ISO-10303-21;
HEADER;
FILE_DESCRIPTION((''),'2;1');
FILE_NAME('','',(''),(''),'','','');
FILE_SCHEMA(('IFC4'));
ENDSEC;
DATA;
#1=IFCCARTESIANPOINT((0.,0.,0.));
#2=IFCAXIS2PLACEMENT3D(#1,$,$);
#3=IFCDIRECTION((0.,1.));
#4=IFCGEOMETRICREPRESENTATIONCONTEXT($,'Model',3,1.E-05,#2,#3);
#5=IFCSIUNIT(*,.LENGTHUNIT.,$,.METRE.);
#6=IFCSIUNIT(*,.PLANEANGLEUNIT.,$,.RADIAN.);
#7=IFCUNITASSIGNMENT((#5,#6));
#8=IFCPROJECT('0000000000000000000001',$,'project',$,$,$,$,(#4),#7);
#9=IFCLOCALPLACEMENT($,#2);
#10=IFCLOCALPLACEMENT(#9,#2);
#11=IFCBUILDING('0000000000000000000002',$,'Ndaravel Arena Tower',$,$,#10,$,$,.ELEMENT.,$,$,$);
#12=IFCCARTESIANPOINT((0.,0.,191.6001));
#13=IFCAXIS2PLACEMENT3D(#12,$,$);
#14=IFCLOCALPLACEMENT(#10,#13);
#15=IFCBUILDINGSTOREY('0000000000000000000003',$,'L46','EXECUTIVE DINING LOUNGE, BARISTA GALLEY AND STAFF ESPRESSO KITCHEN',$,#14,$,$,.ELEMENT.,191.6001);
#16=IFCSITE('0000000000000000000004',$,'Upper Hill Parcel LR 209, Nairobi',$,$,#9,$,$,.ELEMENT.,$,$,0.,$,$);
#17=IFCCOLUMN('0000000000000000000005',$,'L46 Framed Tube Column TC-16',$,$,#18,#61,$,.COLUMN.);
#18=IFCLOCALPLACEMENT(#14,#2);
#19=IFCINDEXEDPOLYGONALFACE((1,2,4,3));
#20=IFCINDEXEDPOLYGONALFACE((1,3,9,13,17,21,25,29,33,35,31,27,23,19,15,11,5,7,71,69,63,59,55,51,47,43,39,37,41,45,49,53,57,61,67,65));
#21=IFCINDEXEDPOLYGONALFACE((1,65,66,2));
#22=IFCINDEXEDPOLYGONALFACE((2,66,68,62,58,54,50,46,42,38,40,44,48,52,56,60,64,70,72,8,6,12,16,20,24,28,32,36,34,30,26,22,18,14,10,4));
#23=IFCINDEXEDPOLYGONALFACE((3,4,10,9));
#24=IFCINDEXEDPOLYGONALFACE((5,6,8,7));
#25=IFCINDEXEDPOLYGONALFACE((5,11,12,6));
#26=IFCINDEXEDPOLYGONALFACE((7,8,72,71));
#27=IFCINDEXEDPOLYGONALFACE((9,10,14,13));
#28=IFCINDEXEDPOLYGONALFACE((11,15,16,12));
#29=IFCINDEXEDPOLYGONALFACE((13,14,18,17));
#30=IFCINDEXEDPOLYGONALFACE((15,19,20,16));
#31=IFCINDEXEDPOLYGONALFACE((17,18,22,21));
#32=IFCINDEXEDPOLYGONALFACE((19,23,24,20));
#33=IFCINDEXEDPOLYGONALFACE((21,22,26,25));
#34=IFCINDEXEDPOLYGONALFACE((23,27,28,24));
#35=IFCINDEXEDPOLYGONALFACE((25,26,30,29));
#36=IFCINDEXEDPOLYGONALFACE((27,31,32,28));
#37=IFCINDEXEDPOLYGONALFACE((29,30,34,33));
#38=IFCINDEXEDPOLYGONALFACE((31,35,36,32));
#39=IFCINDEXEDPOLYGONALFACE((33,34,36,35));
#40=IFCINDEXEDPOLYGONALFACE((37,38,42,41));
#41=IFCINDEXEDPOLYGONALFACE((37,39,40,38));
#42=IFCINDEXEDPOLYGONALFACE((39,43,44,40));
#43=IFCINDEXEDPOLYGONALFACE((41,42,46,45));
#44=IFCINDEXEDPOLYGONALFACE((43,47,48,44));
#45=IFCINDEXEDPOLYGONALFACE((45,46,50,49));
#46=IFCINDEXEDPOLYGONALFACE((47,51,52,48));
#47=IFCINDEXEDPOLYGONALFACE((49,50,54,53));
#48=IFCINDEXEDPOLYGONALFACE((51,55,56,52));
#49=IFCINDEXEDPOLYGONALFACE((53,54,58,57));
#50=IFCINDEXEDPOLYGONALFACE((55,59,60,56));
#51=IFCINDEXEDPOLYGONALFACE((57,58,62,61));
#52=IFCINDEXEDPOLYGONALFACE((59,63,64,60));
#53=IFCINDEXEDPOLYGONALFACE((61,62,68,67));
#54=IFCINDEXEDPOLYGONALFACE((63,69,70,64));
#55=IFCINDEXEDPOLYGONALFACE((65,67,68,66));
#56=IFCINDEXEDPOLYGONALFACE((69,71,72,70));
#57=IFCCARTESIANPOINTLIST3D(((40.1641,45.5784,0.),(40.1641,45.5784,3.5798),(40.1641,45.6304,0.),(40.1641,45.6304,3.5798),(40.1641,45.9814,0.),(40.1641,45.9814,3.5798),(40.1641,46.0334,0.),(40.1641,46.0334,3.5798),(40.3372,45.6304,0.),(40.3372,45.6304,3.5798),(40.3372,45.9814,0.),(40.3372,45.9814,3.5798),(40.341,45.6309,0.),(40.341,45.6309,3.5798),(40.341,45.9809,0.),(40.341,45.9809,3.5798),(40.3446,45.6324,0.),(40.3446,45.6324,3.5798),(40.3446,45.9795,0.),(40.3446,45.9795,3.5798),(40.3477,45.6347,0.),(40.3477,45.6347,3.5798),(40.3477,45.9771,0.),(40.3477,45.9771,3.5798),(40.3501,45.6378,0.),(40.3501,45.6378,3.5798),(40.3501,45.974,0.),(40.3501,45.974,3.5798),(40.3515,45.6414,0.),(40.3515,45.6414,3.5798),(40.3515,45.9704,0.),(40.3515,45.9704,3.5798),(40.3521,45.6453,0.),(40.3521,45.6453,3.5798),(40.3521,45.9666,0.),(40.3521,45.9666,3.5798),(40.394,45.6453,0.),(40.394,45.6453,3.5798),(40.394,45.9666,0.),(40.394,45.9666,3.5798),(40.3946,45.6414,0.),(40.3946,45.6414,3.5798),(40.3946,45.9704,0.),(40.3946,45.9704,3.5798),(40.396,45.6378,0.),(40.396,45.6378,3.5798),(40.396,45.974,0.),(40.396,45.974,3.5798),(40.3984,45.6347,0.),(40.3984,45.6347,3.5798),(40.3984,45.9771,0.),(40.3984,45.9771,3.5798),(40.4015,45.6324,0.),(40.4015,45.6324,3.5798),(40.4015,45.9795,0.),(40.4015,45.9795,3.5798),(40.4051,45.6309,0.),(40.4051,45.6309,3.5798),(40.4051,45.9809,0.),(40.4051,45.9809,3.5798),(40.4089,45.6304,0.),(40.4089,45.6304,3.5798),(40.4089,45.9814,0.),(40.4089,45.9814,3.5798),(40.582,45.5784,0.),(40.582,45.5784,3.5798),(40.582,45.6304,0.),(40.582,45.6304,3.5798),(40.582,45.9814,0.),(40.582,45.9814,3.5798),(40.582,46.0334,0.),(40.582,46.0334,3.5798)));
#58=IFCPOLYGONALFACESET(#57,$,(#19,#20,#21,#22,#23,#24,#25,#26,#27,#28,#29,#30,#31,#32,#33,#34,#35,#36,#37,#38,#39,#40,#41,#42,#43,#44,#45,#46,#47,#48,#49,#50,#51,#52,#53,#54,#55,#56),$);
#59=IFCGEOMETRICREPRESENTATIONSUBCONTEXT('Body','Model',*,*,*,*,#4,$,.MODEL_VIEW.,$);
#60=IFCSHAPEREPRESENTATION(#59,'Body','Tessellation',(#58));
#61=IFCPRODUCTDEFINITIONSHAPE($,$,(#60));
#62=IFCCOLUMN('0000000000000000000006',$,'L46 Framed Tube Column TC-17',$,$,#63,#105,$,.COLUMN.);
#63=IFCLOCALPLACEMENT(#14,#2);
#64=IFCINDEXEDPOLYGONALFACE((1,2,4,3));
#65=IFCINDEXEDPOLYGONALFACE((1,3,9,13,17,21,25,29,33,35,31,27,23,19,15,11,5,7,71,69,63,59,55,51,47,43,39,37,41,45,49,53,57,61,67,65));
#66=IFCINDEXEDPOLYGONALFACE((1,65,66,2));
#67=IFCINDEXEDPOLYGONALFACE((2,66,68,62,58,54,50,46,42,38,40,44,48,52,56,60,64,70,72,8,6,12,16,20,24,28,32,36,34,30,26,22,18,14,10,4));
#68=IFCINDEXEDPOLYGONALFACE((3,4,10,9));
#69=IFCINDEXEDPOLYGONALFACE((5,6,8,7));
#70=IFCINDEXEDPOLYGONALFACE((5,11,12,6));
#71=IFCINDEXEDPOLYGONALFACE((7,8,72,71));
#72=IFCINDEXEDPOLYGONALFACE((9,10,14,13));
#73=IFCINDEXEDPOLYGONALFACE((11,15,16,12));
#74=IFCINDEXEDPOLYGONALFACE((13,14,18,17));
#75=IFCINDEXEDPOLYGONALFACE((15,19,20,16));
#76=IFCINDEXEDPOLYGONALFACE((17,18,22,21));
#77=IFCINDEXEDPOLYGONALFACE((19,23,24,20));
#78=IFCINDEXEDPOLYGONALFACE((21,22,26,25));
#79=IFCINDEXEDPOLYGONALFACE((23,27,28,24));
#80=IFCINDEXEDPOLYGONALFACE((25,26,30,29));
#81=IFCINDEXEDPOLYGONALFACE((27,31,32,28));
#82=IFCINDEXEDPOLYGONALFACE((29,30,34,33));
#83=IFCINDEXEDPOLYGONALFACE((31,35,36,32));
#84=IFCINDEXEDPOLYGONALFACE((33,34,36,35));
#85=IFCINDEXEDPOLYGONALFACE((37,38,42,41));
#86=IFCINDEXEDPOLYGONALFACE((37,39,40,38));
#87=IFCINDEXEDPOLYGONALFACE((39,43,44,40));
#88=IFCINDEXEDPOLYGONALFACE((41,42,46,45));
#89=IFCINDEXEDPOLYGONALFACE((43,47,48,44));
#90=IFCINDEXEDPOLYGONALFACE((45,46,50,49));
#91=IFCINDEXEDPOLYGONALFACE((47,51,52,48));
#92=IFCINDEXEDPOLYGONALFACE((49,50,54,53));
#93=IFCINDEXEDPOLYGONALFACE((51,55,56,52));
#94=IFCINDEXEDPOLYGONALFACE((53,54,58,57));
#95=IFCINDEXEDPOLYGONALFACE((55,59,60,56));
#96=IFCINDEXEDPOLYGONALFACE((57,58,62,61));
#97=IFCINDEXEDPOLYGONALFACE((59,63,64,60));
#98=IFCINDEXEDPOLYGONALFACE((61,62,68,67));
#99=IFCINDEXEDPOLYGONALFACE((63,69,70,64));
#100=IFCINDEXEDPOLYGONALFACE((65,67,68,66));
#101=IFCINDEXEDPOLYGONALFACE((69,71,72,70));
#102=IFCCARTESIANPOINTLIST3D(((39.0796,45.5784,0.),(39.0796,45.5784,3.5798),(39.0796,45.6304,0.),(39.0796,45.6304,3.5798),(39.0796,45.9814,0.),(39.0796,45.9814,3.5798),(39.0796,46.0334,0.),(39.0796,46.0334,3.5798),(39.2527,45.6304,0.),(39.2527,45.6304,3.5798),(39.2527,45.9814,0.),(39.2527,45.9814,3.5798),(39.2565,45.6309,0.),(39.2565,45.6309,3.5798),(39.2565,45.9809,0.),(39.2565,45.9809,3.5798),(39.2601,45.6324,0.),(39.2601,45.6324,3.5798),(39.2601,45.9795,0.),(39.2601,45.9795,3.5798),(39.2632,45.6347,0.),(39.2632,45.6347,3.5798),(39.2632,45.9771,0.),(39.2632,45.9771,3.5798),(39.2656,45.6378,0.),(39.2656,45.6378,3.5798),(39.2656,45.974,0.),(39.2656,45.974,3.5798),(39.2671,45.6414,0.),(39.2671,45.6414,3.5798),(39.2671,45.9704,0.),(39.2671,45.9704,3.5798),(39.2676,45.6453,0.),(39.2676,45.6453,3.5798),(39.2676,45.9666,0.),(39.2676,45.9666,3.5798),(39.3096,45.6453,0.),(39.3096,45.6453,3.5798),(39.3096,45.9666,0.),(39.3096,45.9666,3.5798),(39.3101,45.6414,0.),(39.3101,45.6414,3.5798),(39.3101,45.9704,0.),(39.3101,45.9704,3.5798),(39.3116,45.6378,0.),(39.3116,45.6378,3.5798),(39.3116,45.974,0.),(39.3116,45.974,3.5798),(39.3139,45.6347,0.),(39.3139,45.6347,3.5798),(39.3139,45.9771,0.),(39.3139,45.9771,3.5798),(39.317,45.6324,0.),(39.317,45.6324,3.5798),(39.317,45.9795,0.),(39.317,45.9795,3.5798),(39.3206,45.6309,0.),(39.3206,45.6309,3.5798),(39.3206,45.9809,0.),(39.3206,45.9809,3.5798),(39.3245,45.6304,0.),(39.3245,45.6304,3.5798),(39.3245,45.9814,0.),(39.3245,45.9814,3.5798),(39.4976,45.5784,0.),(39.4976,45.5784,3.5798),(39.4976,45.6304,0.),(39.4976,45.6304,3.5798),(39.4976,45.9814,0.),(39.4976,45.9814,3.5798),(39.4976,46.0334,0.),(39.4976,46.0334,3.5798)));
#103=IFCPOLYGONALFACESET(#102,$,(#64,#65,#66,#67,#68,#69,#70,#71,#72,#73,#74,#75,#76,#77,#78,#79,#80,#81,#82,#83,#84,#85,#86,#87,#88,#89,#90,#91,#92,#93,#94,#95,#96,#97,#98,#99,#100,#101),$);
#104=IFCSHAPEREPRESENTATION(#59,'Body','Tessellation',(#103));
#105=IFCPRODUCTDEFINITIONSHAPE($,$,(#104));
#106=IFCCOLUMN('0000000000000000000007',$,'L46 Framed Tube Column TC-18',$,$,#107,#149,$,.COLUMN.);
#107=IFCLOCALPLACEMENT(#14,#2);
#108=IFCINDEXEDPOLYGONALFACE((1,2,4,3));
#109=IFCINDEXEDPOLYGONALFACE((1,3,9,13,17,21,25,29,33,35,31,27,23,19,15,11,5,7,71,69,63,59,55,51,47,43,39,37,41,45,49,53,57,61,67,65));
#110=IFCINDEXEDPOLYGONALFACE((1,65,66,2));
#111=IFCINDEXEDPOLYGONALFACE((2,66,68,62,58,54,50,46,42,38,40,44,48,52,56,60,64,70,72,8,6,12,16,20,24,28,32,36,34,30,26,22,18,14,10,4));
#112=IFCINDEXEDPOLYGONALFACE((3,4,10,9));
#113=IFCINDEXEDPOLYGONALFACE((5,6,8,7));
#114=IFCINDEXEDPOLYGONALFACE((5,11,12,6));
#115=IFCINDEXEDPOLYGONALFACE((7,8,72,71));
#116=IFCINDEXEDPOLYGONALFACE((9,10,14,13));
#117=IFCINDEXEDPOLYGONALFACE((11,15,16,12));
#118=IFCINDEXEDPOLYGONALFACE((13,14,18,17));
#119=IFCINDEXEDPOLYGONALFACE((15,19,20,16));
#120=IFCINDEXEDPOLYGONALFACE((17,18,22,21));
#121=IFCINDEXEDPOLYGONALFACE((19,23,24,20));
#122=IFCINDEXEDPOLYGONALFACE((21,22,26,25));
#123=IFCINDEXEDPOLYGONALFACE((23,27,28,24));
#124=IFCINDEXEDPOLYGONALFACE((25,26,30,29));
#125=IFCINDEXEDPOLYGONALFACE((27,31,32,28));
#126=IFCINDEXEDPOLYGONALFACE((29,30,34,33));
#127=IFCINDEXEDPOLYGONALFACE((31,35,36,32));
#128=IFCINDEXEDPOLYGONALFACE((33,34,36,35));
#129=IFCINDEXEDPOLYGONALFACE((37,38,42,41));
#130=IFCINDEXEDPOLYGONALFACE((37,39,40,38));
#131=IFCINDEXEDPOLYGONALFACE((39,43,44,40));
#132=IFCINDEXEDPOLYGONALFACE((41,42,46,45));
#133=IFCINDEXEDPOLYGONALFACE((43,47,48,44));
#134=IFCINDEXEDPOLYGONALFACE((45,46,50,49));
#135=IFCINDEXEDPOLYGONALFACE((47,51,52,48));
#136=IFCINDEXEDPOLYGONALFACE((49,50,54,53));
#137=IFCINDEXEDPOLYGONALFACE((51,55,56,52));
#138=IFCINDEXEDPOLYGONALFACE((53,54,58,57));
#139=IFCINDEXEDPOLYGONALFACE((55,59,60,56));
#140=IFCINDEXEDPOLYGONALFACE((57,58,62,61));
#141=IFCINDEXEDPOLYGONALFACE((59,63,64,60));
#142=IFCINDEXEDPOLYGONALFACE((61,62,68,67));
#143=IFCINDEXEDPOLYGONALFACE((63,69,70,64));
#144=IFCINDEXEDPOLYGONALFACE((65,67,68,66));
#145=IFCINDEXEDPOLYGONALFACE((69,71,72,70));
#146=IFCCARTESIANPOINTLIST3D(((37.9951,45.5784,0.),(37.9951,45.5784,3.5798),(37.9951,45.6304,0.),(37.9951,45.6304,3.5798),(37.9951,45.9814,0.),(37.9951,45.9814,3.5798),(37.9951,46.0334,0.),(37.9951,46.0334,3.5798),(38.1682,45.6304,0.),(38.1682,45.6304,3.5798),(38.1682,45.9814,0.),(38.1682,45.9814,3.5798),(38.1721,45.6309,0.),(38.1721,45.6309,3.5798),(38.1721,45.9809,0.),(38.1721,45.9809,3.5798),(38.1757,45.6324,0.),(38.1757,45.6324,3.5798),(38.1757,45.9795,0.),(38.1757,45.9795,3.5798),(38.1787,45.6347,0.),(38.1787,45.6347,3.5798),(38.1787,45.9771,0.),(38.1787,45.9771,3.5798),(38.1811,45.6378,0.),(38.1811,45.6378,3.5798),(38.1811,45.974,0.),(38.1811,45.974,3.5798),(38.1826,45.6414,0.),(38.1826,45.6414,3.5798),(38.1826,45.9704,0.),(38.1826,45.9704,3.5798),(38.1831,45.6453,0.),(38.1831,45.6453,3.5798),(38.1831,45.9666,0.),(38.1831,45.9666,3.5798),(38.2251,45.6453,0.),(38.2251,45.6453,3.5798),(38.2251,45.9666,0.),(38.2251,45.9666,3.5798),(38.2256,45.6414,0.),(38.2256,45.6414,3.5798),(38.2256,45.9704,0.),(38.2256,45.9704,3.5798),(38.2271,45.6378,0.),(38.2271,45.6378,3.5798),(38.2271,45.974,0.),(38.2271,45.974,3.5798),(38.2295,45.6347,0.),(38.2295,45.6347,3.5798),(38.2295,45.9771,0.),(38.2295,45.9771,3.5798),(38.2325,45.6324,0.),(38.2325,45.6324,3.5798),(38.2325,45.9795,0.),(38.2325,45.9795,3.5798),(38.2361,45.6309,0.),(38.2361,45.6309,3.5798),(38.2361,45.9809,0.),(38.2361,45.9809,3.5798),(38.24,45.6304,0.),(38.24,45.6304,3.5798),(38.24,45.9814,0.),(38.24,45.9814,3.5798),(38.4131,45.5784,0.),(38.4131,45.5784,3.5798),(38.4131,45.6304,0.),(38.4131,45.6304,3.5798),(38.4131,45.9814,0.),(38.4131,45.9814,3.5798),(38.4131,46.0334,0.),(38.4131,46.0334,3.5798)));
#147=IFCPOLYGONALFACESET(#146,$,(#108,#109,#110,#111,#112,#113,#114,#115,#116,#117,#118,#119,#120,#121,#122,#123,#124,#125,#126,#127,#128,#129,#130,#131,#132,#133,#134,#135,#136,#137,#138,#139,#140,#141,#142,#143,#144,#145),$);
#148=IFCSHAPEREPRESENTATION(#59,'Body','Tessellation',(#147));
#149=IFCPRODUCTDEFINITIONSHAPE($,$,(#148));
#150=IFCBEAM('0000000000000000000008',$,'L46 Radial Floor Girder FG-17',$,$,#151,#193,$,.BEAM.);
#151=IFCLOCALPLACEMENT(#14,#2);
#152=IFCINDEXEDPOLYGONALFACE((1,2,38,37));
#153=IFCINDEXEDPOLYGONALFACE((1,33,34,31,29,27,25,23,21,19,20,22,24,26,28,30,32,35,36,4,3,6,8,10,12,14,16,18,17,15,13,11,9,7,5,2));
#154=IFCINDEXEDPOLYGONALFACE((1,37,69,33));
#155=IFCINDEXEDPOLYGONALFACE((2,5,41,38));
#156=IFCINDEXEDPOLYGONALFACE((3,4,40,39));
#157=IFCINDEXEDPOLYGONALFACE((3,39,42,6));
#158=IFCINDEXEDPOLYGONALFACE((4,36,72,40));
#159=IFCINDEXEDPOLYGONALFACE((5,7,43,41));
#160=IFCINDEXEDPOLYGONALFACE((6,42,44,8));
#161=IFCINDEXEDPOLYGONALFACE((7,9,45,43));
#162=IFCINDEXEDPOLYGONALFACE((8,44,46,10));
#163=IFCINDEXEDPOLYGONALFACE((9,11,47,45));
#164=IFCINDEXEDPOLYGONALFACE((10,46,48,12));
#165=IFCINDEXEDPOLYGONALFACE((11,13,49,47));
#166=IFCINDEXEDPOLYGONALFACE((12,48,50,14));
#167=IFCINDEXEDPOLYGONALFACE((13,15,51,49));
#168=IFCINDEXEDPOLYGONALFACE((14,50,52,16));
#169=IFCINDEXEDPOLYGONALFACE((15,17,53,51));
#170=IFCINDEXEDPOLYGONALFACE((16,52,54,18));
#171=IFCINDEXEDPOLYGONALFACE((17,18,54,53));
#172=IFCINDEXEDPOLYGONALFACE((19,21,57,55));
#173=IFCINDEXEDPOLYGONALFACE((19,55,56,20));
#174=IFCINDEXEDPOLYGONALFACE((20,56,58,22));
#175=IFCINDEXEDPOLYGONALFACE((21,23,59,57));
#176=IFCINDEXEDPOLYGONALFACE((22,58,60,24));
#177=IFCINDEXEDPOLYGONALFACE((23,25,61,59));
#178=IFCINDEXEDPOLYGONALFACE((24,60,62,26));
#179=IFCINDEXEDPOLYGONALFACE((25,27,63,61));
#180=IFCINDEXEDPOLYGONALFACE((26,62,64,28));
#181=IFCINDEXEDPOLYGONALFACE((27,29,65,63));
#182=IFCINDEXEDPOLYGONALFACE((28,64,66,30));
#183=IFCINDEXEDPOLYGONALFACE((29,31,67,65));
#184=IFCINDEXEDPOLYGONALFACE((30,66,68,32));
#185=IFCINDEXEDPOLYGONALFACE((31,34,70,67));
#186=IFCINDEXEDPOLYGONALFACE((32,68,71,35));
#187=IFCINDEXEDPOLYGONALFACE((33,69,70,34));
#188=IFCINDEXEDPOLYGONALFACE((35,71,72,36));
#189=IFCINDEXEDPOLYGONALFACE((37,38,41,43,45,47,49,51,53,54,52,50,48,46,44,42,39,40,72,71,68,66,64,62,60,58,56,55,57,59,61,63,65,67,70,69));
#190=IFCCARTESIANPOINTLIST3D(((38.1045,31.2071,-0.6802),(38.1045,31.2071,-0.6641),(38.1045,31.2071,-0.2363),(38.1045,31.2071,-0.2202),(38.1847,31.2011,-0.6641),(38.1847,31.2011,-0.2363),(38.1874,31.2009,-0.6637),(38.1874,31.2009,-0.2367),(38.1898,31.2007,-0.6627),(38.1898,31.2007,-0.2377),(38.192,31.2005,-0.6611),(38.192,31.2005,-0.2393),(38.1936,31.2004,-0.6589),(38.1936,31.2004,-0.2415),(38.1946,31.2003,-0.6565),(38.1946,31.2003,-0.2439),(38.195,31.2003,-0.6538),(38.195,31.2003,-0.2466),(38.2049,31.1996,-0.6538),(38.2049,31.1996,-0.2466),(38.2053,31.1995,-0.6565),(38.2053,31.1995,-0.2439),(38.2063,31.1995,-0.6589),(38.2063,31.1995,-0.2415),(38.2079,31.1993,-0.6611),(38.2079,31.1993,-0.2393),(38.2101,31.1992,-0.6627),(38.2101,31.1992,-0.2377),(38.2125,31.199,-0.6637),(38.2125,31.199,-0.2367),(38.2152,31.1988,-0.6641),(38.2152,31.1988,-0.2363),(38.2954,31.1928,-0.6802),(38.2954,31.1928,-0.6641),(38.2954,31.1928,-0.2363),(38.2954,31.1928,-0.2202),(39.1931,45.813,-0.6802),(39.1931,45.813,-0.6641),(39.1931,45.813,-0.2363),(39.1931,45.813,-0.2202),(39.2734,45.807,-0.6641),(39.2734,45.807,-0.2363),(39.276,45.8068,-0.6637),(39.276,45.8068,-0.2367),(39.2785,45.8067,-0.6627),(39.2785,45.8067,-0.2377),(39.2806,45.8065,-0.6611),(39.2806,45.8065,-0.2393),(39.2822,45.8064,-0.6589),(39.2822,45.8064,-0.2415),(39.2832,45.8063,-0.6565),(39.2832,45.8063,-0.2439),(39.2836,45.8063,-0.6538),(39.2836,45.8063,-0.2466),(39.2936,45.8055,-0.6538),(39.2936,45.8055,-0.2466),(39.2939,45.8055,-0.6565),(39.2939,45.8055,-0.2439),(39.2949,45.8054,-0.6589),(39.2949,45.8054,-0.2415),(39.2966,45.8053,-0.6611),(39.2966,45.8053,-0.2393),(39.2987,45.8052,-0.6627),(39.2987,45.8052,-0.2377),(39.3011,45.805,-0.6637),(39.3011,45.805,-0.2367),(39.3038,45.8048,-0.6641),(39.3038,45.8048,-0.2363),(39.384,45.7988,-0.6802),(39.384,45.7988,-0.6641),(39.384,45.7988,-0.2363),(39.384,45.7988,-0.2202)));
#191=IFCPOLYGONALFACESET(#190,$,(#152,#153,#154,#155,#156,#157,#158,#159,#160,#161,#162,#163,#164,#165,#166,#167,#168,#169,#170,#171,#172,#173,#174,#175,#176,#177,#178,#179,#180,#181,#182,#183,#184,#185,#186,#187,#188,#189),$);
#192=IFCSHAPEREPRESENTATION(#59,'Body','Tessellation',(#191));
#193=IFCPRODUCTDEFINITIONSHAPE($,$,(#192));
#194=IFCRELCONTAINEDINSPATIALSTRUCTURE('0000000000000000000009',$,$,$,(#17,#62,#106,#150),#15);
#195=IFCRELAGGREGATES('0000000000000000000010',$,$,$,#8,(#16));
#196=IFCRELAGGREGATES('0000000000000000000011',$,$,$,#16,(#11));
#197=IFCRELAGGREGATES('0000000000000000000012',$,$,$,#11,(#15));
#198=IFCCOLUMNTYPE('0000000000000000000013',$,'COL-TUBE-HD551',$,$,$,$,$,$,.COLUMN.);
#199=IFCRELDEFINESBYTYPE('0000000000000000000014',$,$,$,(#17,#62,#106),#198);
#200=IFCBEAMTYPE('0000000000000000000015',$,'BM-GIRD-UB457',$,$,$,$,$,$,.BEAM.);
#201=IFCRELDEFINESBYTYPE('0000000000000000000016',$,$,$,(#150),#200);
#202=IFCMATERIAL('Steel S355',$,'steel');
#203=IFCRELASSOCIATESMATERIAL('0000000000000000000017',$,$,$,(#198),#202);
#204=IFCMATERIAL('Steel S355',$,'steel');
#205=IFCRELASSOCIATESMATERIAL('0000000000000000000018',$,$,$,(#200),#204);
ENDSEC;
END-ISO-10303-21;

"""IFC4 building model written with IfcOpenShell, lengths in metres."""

from ifc_helpers import new_model, si_unit, direction, frame, origin, origin_2d, place, context, subcontext, project, spatial, i_section, extrude, material, material_profile, profile_set, type_object, element, save


model = new_model("IFC4")

# Units and contexts
model_context = context("Model", 3, precision=1e-05, world=origin(), true_north=direction((0.0, 1.0)))
body_context = subcontext(model_context, "Body", "Model", "MODEL_VIEW")
ifc_project = project(units=[si_unit("LENGTHUNIT", "METRE"), si_unit("PLANEANGLEUNIT", "RADIAN")], contexts=[model_context])

# Site, building, storey
site_placement = place(None, origin())
site = spatial("IfcSite", under=ifc_project, at=site_placement, Name="Upper Hill Parcel LR 209, Nairobi", CompositionType="ELEMENT", RefElevation=0.0)
building_placement = place(site_placement, origin())
building = spatial("IfcBuilding", under=site, at=building_placement, Name="Ndaravel Arena Tower", CompositionType="ELEMENT")
storey_placement = place(building_placement, frame((0.0, 0.0, 191.6001)))
storey = spatial("IfcBuildingStorey", under=building, at=storey_placement, Name="L46", Description="EXECUTIVE DINING LOUNGE, BARISTA GALLEY AND STAFF ESPRESSO KITCHEN", CompositionType="ELEMENT", Elevation=191.6001)

# Columns
ifc_material_1 = material(Name="Steel S355", Category="steel")
ifc_material_profile_1 = material_profile(ifc_material_1, i_section(OverallWidth=0.418, OverallDepth=0.4551, WebThickness=0.042, FlangeThickness=0.052, FilletRadius=0.0149, at=origin_2d()), Name="HD 400x551")
ifc_profile_set_1 = profile_set([ifc_material_profile_1], Name="Steel S355")
column_type = type_object("IfcColumnType", Name="COL-TUBE-HD551", PredefinedType="COLUMN", material=ifc_profile_set_1)
for number, where, z_axis, x_axis, name in (
    (1, (40.373, 45.8059, 0.0), (0.0, 0.0, 1.0), (1.0, 0.0, 0.0), "L46 Framed Tube Column TC-16"),
    (2, (39.2886, 45.8059, 0.0), (0.0, 0.0, 1.0), (1.0, 0.0, 0.0), "L46 Framed Tube Column TC-17"),
    (3, (38.2041, 45.8059, 0.0), (0.0, 0.0, 1.0), (1.0, 0.0, 0.0), "L46 Framed Tube Column TC-18"),
):
    element("IfcColumn", number, at=place(storey_placement, frame(where, z_axis=z_axis, x_axis=x_axis)), inside=storey, type_object=column_type, Name=name, PredefinedType="COLUMN", context=body_context, shape_type="SweptSolid", body=[
        extrude(i_section(OverallWidth=0.418, OverallDepth=0.4551, WebThickness=0.042, FlangeThickness=0.052, FilletRadius=0.0149, at=origin_2d()), origin(), (0.0, 0.0, 1.0), 3.5798),
    ])

# Beam
ifc_material_2 = material(Name="Steel S355", Category="steel")
ifc_material_profile_2 = material_profile(ifc_material_2, i_section(OverallWidth=0.1914, OverallDepth=0.46, WebThickness=0.01, FlangeThickness=0.0161, FilletRadius=0.0103, at=origin_2d()), Name="UB 457x191x82")
ifc_profile_set_2 = profile_set([ifc_material_profile_2], Name="Steel S355")
beam_type_1 = type_object("IfcBeamType", Name="BM-GIRD-UB457", PredefinedType="BEAM", material=ifc_profile_set_2)
beam_1_placement = place(storey_placement, frame((39.2886, 45.8059, -0.4502), z_axis=(-0.074327, -0.997234, 0.0), x_axis=(0.997234, -0.074327, 0.0)))
element("IfcBeam", 4, at=beam_1_placement, inside=storey, type_object=beam_type_1, Name="L46 Radial Floor Girder FG-17", PredefinedType="BEAM", context=body_context, shape_type="SweptSolid", body=[
    extrude(i_section(OverallWidth=0.1914, OverallDepth=0.46, WebThickness=0.01, FlangeThickness=0.0161, FilletRadius=0.0103, at=origin_2d()), origin(), (0.0, 0.0, 1.0), 14.6465),
])

save(model, "model.ifc")
